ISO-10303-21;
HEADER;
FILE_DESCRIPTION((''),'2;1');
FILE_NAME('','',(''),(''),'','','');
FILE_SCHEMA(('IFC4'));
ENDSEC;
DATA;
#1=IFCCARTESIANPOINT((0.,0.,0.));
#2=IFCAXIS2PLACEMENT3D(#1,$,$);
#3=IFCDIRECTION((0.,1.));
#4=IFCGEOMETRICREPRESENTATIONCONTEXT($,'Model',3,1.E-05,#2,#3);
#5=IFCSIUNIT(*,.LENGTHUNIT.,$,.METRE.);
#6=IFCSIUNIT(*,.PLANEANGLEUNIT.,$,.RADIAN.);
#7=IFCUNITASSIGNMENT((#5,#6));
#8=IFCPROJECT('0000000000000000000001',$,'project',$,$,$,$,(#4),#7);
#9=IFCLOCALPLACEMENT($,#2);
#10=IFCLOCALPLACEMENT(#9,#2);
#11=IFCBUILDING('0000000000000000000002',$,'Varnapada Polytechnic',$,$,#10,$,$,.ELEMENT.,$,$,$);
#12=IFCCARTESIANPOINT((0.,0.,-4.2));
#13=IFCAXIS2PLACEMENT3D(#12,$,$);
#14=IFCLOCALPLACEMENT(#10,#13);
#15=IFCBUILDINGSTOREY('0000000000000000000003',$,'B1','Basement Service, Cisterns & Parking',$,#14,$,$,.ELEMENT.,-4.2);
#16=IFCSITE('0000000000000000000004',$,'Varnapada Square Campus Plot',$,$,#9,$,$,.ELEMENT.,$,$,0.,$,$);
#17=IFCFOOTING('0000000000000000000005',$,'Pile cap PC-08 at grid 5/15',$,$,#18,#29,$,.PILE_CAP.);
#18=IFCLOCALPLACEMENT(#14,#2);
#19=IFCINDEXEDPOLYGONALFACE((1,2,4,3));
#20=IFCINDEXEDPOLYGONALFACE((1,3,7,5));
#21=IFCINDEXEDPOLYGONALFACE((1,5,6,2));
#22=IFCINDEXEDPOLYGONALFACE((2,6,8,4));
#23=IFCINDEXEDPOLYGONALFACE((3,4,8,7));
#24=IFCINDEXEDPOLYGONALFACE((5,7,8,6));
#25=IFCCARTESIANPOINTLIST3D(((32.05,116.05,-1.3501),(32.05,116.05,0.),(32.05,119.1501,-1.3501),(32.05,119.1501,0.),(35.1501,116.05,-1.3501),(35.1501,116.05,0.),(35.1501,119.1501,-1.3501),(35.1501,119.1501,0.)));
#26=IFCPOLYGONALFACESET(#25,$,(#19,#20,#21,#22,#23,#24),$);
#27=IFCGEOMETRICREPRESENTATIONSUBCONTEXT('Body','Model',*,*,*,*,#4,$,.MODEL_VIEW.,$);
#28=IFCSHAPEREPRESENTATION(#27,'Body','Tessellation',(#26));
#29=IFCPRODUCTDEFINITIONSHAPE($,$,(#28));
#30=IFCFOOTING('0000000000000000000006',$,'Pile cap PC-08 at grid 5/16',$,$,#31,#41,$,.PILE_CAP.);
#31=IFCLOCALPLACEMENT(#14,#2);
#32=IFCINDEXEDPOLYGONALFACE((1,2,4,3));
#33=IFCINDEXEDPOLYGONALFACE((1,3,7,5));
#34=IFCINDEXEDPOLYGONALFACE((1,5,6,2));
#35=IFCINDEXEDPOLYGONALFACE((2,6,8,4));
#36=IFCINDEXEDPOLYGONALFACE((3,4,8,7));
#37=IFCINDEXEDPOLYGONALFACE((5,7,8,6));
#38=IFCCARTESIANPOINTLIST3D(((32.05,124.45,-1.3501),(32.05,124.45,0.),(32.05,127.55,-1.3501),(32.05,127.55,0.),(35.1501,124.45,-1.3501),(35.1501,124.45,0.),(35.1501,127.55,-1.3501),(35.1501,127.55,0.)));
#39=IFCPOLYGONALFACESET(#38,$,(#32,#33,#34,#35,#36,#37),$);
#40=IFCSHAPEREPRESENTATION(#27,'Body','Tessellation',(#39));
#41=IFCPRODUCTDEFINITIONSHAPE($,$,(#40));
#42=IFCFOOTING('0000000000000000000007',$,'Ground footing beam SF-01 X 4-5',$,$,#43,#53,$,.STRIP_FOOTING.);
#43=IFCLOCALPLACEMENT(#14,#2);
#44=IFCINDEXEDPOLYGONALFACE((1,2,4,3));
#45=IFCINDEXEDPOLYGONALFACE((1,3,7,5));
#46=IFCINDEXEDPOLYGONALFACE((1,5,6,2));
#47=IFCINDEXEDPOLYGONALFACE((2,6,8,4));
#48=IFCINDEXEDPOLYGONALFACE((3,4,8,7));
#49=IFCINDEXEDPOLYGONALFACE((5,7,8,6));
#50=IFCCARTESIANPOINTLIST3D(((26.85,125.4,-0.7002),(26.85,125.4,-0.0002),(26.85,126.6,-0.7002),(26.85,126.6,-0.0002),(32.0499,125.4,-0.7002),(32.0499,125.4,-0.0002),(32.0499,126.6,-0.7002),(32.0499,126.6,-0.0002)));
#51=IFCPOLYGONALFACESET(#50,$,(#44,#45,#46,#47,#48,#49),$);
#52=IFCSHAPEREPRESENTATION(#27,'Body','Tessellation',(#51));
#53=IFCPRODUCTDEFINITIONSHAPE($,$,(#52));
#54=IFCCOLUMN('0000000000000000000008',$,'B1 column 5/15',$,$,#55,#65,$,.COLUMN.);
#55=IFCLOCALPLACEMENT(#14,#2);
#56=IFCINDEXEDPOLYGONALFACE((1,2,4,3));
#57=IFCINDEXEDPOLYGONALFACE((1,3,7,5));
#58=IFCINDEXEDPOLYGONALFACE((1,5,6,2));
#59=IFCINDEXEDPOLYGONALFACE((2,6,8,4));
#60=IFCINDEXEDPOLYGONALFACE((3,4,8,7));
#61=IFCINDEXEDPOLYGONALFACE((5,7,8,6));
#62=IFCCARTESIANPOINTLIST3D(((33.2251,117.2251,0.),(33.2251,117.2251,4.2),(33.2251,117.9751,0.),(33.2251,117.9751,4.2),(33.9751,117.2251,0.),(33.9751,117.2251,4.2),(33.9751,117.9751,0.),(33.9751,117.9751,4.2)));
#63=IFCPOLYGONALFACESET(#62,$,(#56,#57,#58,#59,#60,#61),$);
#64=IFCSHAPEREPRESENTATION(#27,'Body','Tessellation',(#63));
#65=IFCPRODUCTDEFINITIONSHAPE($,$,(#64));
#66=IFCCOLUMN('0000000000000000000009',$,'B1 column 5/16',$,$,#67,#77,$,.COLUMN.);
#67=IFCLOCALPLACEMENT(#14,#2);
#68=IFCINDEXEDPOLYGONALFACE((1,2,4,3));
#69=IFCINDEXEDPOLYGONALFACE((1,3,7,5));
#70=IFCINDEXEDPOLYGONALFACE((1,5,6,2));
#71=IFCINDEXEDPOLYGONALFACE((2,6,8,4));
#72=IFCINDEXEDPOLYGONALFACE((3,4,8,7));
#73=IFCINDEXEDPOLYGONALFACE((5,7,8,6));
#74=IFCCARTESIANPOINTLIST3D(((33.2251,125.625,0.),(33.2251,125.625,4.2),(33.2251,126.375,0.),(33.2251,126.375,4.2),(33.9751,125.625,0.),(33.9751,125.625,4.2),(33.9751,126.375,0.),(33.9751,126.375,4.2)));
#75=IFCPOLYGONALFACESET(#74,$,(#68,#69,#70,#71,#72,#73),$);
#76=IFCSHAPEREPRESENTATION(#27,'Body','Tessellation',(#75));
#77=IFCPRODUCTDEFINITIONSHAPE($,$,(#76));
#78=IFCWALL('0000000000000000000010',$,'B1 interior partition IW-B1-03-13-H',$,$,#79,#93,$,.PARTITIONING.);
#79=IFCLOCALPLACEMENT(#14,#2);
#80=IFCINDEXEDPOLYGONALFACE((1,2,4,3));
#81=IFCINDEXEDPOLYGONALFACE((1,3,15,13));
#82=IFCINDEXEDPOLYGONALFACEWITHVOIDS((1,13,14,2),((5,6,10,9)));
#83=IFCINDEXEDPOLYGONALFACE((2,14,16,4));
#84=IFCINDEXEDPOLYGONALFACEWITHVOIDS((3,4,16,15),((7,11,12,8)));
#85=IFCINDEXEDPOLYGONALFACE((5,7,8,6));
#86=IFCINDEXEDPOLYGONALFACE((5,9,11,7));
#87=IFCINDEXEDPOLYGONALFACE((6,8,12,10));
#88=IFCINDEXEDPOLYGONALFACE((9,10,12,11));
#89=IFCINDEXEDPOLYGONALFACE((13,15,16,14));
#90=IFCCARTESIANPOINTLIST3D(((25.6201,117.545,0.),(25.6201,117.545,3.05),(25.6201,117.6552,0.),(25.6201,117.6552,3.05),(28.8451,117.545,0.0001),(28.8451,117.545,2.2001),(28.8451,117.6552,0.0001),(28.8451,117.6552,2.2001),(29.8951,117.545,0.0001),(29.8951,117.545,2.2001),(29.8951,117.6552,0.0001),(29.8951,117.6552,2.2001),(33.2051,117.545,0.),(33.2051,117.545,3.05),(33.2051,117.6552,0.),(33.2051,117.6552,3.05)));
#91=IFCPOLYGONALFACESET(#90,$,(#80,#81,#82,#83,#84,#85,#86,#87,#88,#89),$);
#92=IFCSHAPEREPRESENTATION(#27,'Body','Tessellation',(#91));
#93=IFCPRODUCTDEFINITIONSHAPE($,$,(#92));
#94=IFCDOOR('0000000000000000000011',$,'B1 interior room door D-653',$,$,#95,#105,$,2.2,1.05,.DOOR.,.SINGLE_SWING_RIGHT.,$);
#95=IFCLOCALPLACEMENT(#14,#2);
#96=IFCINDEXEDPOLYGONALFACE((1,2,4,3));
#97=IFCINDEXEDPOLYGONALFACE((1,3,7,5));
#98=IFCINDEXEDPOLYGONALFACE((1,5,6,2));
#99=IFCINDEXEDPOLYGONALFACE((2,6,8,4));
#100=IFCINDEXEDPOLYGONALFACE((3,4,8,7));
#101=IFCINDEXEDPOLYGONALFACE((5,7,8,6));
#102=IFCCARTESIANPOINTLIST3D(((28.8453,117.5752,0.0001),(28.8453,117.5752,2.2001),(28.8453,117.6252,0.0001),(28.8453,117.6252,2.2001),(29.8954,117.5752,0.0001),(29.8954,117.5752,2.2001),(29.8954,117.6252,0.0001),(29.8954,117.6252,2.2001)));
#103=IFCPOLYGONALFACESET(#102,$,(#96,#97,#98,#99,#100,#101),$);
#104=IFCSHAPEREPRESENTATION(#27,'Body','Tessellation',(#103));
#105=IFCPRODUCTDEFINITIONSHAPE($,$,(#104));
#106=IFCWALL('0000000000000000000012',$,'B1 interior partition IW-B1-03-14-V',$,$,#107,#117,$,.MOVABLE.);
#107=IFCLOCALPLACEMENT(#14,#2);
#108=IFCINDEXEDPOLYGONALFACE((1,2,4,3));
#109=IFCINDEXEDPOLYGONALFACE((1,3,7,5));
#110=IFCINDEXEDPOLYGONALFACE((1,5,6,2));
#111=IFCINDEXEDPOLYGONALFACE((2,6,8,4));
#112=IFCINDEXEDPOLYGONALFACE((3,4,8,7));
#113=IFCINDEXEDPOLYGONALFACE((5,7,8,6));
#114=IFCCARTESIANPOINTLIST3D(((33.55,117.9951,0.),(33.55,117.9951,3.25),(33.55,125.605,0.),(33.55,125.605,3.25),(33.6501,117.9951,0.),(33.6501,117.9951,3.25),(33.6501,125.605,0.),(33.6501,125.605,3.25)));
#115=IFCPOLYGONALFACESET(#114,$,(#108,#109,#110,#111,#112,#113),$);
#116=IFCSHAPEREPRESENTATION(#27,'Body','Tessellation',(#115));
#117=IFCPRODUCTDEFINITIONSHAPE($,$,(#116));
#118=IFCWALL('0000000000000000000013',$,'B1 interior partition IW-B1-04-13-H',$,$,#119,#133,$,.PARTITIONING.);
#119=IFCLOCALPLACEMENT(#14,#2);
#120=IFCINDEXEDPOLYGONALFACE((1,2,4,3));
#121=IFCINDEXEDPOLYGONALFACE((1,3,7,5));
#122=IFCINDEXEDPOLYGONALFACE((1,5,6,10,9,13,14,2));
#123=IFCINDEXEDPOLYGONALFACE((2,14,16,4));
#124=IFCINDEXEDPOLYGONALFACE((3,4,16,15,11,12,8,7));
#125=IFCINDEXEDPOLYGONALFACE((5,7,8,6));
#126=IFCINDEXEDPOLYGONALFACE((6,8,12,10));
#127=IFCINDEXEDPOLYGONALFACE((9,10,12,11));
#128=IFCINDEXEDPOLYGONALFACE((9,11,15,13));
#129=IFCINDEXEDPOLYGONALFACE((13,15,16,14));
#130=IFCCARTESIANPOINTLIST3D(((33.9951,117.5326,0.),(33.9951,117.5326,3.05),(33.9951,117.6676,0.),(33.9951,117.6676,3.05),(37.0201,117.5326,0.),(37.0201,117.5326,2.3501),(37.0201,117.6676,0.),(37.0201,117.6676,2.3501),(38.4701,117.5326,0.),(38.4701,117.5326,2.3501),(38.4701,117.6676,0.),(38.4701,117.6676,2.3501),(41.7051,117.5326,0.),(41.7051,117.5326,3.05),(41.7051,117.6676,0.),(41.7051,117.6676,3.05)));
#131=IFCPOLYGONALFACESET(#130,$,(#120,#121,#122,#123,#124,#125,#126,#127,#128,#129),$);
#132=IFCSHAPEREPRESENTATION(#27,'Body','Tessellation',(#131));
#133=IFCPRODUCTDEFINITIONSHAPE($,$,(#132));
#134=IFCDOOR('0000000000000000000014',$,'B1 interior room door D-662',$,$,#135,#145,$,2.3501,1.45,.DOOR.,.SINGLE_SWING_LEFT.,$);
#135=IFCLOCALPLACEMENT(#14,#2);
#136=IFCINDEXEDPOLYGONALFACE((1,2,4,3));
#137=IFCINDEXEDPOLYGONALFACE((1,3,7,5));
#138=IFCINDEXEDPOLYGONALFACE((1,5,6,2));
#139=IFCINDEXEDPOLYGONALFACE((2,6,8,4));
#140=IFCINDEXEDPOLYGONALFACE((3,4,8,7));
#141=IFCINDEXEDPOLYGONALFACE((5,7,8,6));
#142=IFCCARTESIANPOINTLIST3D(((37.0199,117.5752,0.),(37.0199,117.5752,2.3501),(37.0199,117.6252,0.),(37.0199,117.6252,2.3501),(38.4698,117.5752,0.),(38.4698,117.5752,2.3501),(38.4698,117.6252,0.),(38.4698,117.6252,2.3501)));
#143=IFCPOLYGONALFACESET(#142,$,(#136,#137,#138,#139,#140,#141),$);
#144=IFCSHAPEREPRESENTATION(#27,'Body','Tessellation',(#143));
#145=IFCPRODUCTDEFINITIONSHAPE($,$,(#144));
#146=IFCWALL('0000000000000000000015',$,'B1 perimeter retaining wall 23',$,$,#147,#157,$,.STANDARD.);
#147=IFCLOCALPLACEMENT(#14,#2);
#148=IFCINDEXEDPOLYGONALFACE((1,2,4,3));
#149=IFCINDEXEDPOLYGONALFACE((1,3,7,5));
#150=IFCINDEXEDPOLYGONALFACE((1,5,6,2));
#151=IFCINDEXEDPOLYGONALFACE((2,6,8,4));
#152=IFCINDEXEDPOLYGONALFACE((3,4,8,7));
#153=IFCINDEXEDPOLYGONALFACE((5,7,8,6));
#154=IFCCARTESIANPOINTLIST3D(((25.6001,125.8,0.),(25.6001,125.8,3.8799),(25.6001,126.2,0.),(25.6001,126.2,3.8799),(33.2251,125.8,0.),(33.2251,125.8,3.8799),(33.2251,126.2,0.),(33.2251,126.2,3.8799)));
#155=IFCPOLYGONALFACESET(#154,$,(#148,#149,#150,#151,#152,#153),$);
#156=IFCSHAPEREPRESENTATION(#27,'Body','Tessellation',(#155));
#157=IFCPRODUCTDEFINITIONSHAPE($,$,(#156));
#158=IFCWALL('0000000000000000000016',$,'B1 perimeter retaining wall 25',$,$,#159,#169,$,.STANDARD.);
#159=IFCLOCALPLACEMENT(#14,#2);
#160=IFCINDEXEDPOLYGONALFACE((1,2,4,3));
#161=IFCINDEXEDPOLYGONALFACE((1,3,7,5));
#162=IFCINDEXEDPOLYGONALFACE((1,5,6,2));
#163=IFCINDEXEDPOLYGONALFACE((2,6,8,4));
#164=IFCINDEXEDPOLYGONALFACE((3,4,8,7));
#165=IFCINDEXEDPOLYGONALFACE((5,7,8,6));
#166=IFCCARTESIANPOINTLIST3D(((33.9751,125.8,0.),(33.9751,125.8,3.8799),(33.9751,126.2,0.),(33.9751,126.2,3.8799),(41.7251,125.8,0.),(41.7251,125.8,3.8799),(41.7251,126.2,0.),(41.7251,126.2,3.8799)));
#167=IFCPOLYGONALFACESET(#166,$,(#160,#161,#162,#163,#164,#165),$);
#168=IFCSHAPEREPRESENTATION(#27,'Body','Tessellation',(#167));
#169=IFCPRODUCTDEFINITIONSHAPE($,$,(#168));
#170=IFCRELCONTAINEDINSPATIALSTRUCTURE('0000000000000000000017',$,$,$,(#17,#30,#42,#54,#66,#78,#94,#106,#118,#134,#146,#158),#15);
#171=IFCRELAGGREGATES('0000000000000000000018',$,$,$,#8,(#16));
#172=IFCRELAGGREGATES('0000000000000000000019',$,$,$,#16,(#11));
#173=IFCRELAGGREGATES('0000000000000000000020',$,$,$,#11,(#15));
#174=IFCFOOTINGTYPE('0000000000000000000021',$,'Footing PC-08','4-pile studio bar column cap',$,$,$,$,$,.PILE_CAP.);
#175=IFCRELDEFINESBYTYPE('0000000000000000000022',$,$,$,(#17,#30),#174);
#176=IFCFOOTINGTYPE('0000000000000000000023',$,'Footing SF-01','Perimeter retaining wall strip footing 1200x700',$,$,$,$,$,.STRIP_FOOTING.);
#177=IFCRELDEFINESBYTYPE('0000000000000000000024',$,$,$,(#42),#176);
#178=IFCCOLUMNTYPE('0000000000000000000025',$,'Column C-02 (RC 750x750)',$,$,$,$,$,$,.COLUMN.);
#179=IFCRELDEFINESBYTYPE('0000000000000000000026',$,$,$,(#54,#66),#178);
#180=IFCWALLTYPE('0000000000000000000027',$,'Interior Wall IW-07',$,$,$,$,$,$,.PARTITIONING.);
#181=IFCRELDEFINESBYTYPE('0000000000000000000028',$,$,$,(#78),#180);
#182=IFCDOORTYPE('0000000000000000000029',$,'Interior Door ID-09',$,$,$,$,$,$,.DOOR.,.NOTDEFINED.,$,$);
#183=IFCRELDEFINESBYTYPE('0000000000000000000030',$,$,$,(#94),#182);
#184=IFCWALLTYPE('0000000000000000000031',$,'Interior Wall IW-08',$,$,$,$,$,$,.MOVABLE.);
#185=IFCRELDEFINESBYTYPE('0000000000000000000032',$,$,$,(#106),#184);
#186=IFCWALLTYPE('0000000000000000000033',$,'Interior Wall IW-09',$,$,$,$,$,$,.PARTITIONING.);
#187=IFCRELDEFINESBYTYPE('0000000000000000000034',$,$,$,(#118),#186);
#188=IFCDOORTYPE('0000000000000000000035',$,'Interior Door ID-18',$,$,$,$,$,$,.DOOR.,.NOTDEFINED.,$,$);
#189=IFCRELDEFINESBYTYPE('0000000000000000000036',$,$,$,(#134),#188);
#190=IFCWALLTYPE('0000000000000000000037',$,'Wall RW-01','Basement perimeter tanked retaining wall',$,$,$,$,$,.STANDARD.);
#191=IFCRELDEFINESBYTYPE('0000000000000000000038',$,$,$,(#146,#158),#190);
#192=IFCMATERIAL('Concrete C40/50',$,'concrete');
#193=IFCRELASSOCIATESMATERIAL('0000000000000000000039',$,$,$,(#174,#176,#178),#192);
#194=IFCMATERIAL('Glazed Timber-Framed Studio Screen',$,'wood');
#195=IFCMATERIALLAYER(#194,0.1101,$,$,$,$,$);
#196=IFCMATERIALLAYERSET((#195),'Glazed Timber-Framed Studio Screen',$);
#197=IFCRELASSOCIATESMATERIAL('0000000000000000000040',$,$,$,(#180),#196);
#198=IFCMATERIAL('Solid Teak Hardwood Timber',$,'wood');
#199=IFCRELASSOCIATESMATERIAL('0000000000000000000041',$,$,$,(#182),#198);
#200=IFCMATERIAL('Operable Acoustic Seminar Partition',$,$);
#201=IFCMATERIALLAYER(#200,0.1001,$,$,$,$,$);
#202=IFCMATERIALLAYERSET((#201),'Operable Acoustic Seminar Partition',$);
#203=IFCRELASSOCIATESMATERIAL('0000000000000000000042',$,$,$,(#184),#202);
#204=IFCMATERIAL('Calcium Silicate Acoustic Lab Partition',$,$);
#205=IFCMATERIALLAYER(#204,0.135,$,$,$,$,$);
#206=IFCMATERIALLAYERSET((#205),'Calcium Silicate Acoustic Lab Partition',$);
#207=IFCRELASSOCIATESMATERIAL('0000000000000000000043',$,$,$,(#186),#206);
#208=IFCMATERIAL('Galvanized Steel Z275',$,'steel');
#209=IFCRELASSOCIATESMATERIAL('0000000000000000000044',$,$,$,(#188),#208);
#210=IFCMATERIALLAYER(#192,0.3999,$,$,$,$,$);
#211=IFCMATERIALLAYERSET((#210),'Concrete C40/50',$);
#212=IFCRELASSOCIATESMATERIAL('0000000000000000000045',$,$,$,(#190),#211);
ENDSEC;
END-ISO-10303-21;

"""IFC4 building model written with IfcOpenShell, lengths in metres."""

from ifc_helpers import new_model, si_unit, direction, frame, frame_2d, origin, origin_2d, place, context, subcontext, project, spatial, rectangle, extrude, material, layer, layer_set, material_profile, profile_set, type_object, element, fill, save


model = new_model("IFC4")

# Units and contexts
model_context = context("Model", 3, precision=1e-05, world=origin(), true_north=direction((0.0, 1.0)))
body_context = subcontext(model_context, "Body", "Model", "MODEL_VIEW")
ifc_project = project(units=[si_unit("LENGTHUNIT", "METRE"), si_unit("PLANEANGLEUNIT", "RADIAN")], contexts=[model_context])

# Site, building, storey
site_placement = place(None, origin())
site = spatial("IfcSite", under=ifc_project, at=site_placement, Name="Varnapada Square Campus Plot", CompositionType="ELEMENT", RefElevation=0.0)
building_placement = place(site_placement, origin())
building = spatial("IfcBuilding", under=site, at=building_placement, Name="Varnapada Polytechnic", CompositionType="ELEMENT")
storey_placement = place(building_placement, frame((0.0, 0.0, -4.2)))
storey = spatial("IfcBuildingStorey", under=building, at=storey_placement, Name="B1", Description="Basement Service, Cisterns & Parking", CompositionType="ELEMENT", Elevation=-4.2)

# Shared definitions
ifc_material_1 = material(Name="Concrete C40/50", Category="concrete")

# Footings
footing_type_1 = type_object("IfcFootingType", Name="Footing PC-08", Description="4-pile studio bar column cap", PredefinedType="PILE_CAP", material=ifc_material_1)
for number, where, z_axis, x_axis, name in (
    (1, (33.6001, 117.6001, -1.3501), (0.0, 0.0, 1.0), (1.0, 0.0, 0.0), "Pile cap PC-08 at grid 5/15"),
    (2, (33.6001, 126.0, -1.3501), (0.0, 0.0, 1.0), (1.0, 0.0, 0.0), "Pile cap PC-08 at grid 5/16"),
):
    element("IfcFooting", number, at=place(storey_placement, frame(where, z_axis=z_axis, x_axis=x_axis)), inside=storey, type_object=footing_type_1, Name=name, PredefinedType="PILE_CAP", context=body_context, shape_type="SweptSolid", body=[
        extrude(rectangle(XDim=3.1001, YDim=3.1001, at=origin_2d()), origin(), (0.0, 0.0, 1.0), 1.3501),
    ])
footing_type_2 = type_object("IfcFootingType", Name="Footing SF-01", Description="Perimeter retaining wall strip footing 1200x700", PredefinedType="STRIP_FOOTING", material=ifc_material_1)
footing_1_placement = place(storey_placement, frame((29.45, 126.0, -0.7002), z_axis=(0.0, 0.0, 1.0), x_axis=(1.0, 0.0, 0.0)))
element("IfcFooting", 3, at=footing_1_placement, inside=storey, type_object=footing_type_2, Name="Ground footing beam SF-01 X 4-5", PredefinedType="STRIP_FOOTING", context=body_context, shape_type="SweptSolid", body=[
    extrude(rectangle(XDim=5.2, YDim=1.2, at=origin_2d()), origin(), (0.0, 0.0, 1.0), 0.7),
])

# Columns
ifc_material_profile_1 = material_profile(ifc_material_1, rectangle(XDim=0.75, YDim=0.75, at=origin_2d()), Name="RC 750x750")
ifc_profile_set_1 = profile_set([ifc_material_profile_1], Name="Concrete C40/50")
column_type = type_object("IfcColumnType", Name="Column C-02 (RC 750x750)", PredefinedType="COLUMN", material=ifc_profile_set_1)
for number, where, z_axis, x_axis, name in (
    (4, (33.6001, 117.6001, 0.0), (0.0, 0.0, 1.0), (1.0, 0.0, 0.0), "B1 column 5/15"),
    (5, (33.6001, 126.0, 0.0), (0.0, 0.0, 1.0), (1.0, 0.0, 0.0), "B1 column 5/16"),
):
    element("IfcColumn", number, at=place(storey_placement, frame(where, z_axis=z_axis, x_axis=x_axis)), inside=storey, type_object=column_type, Name=name, PredefinedType="COLUMN", context=body_context, shape_type="SweptSolid", body=[
        extrude(rectangle(XDim=0.75, YDim=0.75, at=origin_2d()), origin(), (0.0, 0.0, 1.0), 4.2),
    ])

# Wall, opening, door
ifc_material_2 = material(Name="Glazed Timber-Framed Studio Screen", Category="wood")
ifc_layer_1 = layer(ifc_material_2, 0.1101)
ifc_layer_set_1 = layer_set([ifc_layer_1], Name="Glazed Timber-Framed Studio Screen")
wall_type_1 = type_object("IfcWallType", Name="Interior Wall IW-07", PredefinedType="PARTITIONING", material=ifc_layer_set_1)
wall_1_placement = place(storey_placement, frame((25.6201, 117.6001, 0.0), z_axis=(0.0, 0.0, 1.0), x_axis=(1.0, 0.0, 0.0)))
wall_1 = element("IfcWall", 6, at=wall_1_placement, inside=storey, type_object=wall_type_1, Name="B1 interior partition IW-B1-03-13-H", PredefinedType="PARTITIONING", context=body_context, shape_type="SweptSolid", body=[
    extrude(rectangle(XDim=7.585, YDim=0.1101, at=frame_2d((3.7925, 0.0))), origin(), (0.0, 0.0, 1.0), 3.05),
])
opening_1_placement = place(wall_1_placement, frame((3.2251, 0.0, 0.0)))
opening_1 = element("IfcOpeningElement", 7, at=opening_1_placement, cuts=wall_1, PredefinedType="OPENING", context=body_context, shape_type="SweptSolid", body=[
    extrude(rectangle(XDim=1.05, YDim=2.2, at=frame_2d((0.5249, 1.1001))), frame((0.0, 0.0649, 0.0), z_axis=(0.0, -1.0, 0.0), x_axis=(1.0, 0.0, 0.0)), (0.0, 0.0, 1.0), 0.1301),
])
ifc_material_3 = material(Name="Solid Teak Hardwood Timber", Category="wood")
door_type_1 = type_object("IfcDoorType", Name="Interior Door ID-09", OperationType="NOTDEFINED", PredefinedType="DOOR", material=ifc_material_3)
door_1_placement = place(opening_1_placement, frame((1.05, 0.0, 0.0), z_axis=(0.0, 0.0, 1.0), x_axis=(-1.0, 0.0, 0.0)))
door_1 = element("IfcDoor", 8, at=door_1_placement, inside=storey, type_object=door_type_1, Name="B1 interior room door D-653", OperationType="SINGLE_SWING_RIGHT", OverallHeight=2.2, OverallWidth=1.05, PredefinedType="DOOR", context=body_context, shape_type="SweptSolid", body=[
    extrude(rectangle(XDim=1.05, YDim=2.2, at=frame_2d((0.5249, 1.1001))), frame((0.0, 0.0249, 0.0), z_axis=(0.0, -1.0, 0.0), x_axis=(1.0, 0.0, 0.0)), (0.0, 0.0, 1.0), 0.05),
])
fill(opening_1, door_1)

# Wall
ifc_material_4 = material(Name="Operable Acoustic Seminar Partition")
ifc_layer_2 = layer(ifc_material_4, 0.1001)
ifc_layer_set_2 = layer_set([ifc_layer_2], Name="Operable Acoustic Seminar Partition")
wall_type_2 = type_object("IfcWallType", Name="Interior Wall IW-08", PredefinedType="MOVABLE", material=ifc_layer_set_2)
wall_2_placement = place(storey_placement, frame((33.6001, 117.9951, 0.0), z_axis=(0.0, 0.0, 1.0), x_axis=(0.0, 1.0, 0.0)))
element("IfcWall", 9, at=wall_2_placement, inside=storey, type_object=wall_type_2, Name="B1 interior partition IW-B1-03-14-V", PredefinedType="MOVABLE", context=body_context, shape_type="SweptSolid", body=[
    extrude(rectangle(XDim=7.6099, YDim=0.1001, at=frame_2d((3.8049, 0.0))), origin(), (0.0, 0.0, 1.0), 3.25),
])

# Wall, opening, door
ifc_material_5 = material(Name="Calcium Silicate Acoustic Lab Partition")
ifc_layer_3 = layer(ifc_material_5, 0.135)
ifc_layer_set_3 = layer_set([ifc_layer_3], Name="Calcium Silicate Acoustic Lab Partition")
wall_type_3 = type_object("IfcWallType", Name="Interior Wall IW-09", PredefinedType="PARTITIONING", material=ifc_layer_set_3)
wall_3_placement = place(storey_placement, frame((33.9951, 117.6001, 0.0), z_axis=(0.0, 0.0, 1.0), x_axis=(1.0, 0.0, 0.0)))
wall_3 = element("IfcWall", 10, at=wall_3_placement, inside=storey, type_object=wall_type_3, Name="B1 interior partition IW-B1-04-13-H", PredefinedType="PARTITIONING", context=body_context, shape_type="SweptSolid", body=[
    extrude(rectangle(XDim=7.71, YDim=0.135, at=frame_2d((3.855, 0.0))), origin(), (0.0, 0.0, 1.0), 3.05),
])
opening_2_placement = place(wall_3_placement, frame((3.0249, 0.0, 0.0)))
opening_2 = element("IfcOpeningElement", 11, at=opening_2_placement, cuts=wall_3, PredefinedType="OPENING", context=body_context, shape_type="SweptSolid", body=[
    extrude(rectangle(XDim=1.45, YDim=2.3501, at=frame_2d((0.7251, 1.175))), frame((0.0, 0.0774, 0.0), z_axis=(0.0, -1.0, 0.0), x_axis=(1.0, 0.0, 0.0)), (0.0, 0.0, 1.0), 0.155),
])
ifc_material_6 = material(Name="Galvanized Steel Z275", Category="steel")
door_type_2 = type_object("IfcDoorType", Name="Interior Door ID-18", OperationType="NOTDEFINED", PredefinedType="DOOR", material=ifc_material_6)
door_2_placement = place(opening_2_placement, frame((1.45, 0.0, 0.0), z_axis=(0.0, 0.0, 1.0), x_axis=(-1.0, 0.0, 0.0)))
door_2 = element("IfcDoor", 12, at=door_2_placement, inside=storey, type_object=door_type_2, Name="B1 interior room door D-662", OperationType="SINGLE_SWING_LEFT", OverallHeight=2.3501, OverallWidth=1.45, PredefinedType="DOOR", context=body_context, shape_type="SweptSolid", body=[
    extrude(rectangle(XDim=1.45, YDim=2.3501, at=frame_2d((0.7251, 1.175))), frame((0.0, 0.0249, 0.0), z_axis=(0.0, -1.0, 0.0), x_axis=(1.0, 0.0, 0.0)), (0.0, 0.0, 1.0), 0.05),
])
fill(opening_2, door_2)

# Walls
ifc_layer_4 = layer(ifc_material_1, 0.3999)
ifc_layer_set_4 = layer_set([ifc_layer_4], Name="Concrete C40/50")
wall_type_4 = type_object("IfcWallType", Name="Wall RW-01", Description="Basement perimeter tanked retaining wall", PredefinedType="STANDARD", material=ifc_layer_set_4)
wall_4_placement = place(storey_placement, frame((25.6001, 126.0, 0.0), z_axis=(0.0, 0.0, 1.0), x_axis=(1.0, 0.0, 0.0)))
element("IfcWall", 13, at=wall_4_placement, inside=storey, type_object=wall_type_4, Name="B1 perimeter retaining wall 23", PredefinedType="STANDARD", context=body_context, shape_type="SweptSolid", body=[
    extrude(rectangle(XDim=7.625, YDim=0.3999, at=frame_2d((3.8125, 0.0))), origin(), (0.0, 0.0, 1.0), 3.8799),
])
wall_5_placement = place(storey_placement, frame((33.9751, 126.0, 0.0), z_axis=(0.0, 0.0, 1.0), x_axis=(1.0, 0.0, 0.0)))
element("IfcWall", 14, at=wall_5_placement, inside=storey, type_object=wall_type_4, Name="B1 perimeter retaining wall 25", PredefinedType="STANDARD", context=body_context, shape_type="SweptSolid", body=[
    extrude(rectangle(XDim=7.75, YDim=0.3999, at=frame_2d((3.875, 0.0))), origin(), (0.0, 0.0, 1.0), 3.8799),
])

save(model, "model.ifc")
